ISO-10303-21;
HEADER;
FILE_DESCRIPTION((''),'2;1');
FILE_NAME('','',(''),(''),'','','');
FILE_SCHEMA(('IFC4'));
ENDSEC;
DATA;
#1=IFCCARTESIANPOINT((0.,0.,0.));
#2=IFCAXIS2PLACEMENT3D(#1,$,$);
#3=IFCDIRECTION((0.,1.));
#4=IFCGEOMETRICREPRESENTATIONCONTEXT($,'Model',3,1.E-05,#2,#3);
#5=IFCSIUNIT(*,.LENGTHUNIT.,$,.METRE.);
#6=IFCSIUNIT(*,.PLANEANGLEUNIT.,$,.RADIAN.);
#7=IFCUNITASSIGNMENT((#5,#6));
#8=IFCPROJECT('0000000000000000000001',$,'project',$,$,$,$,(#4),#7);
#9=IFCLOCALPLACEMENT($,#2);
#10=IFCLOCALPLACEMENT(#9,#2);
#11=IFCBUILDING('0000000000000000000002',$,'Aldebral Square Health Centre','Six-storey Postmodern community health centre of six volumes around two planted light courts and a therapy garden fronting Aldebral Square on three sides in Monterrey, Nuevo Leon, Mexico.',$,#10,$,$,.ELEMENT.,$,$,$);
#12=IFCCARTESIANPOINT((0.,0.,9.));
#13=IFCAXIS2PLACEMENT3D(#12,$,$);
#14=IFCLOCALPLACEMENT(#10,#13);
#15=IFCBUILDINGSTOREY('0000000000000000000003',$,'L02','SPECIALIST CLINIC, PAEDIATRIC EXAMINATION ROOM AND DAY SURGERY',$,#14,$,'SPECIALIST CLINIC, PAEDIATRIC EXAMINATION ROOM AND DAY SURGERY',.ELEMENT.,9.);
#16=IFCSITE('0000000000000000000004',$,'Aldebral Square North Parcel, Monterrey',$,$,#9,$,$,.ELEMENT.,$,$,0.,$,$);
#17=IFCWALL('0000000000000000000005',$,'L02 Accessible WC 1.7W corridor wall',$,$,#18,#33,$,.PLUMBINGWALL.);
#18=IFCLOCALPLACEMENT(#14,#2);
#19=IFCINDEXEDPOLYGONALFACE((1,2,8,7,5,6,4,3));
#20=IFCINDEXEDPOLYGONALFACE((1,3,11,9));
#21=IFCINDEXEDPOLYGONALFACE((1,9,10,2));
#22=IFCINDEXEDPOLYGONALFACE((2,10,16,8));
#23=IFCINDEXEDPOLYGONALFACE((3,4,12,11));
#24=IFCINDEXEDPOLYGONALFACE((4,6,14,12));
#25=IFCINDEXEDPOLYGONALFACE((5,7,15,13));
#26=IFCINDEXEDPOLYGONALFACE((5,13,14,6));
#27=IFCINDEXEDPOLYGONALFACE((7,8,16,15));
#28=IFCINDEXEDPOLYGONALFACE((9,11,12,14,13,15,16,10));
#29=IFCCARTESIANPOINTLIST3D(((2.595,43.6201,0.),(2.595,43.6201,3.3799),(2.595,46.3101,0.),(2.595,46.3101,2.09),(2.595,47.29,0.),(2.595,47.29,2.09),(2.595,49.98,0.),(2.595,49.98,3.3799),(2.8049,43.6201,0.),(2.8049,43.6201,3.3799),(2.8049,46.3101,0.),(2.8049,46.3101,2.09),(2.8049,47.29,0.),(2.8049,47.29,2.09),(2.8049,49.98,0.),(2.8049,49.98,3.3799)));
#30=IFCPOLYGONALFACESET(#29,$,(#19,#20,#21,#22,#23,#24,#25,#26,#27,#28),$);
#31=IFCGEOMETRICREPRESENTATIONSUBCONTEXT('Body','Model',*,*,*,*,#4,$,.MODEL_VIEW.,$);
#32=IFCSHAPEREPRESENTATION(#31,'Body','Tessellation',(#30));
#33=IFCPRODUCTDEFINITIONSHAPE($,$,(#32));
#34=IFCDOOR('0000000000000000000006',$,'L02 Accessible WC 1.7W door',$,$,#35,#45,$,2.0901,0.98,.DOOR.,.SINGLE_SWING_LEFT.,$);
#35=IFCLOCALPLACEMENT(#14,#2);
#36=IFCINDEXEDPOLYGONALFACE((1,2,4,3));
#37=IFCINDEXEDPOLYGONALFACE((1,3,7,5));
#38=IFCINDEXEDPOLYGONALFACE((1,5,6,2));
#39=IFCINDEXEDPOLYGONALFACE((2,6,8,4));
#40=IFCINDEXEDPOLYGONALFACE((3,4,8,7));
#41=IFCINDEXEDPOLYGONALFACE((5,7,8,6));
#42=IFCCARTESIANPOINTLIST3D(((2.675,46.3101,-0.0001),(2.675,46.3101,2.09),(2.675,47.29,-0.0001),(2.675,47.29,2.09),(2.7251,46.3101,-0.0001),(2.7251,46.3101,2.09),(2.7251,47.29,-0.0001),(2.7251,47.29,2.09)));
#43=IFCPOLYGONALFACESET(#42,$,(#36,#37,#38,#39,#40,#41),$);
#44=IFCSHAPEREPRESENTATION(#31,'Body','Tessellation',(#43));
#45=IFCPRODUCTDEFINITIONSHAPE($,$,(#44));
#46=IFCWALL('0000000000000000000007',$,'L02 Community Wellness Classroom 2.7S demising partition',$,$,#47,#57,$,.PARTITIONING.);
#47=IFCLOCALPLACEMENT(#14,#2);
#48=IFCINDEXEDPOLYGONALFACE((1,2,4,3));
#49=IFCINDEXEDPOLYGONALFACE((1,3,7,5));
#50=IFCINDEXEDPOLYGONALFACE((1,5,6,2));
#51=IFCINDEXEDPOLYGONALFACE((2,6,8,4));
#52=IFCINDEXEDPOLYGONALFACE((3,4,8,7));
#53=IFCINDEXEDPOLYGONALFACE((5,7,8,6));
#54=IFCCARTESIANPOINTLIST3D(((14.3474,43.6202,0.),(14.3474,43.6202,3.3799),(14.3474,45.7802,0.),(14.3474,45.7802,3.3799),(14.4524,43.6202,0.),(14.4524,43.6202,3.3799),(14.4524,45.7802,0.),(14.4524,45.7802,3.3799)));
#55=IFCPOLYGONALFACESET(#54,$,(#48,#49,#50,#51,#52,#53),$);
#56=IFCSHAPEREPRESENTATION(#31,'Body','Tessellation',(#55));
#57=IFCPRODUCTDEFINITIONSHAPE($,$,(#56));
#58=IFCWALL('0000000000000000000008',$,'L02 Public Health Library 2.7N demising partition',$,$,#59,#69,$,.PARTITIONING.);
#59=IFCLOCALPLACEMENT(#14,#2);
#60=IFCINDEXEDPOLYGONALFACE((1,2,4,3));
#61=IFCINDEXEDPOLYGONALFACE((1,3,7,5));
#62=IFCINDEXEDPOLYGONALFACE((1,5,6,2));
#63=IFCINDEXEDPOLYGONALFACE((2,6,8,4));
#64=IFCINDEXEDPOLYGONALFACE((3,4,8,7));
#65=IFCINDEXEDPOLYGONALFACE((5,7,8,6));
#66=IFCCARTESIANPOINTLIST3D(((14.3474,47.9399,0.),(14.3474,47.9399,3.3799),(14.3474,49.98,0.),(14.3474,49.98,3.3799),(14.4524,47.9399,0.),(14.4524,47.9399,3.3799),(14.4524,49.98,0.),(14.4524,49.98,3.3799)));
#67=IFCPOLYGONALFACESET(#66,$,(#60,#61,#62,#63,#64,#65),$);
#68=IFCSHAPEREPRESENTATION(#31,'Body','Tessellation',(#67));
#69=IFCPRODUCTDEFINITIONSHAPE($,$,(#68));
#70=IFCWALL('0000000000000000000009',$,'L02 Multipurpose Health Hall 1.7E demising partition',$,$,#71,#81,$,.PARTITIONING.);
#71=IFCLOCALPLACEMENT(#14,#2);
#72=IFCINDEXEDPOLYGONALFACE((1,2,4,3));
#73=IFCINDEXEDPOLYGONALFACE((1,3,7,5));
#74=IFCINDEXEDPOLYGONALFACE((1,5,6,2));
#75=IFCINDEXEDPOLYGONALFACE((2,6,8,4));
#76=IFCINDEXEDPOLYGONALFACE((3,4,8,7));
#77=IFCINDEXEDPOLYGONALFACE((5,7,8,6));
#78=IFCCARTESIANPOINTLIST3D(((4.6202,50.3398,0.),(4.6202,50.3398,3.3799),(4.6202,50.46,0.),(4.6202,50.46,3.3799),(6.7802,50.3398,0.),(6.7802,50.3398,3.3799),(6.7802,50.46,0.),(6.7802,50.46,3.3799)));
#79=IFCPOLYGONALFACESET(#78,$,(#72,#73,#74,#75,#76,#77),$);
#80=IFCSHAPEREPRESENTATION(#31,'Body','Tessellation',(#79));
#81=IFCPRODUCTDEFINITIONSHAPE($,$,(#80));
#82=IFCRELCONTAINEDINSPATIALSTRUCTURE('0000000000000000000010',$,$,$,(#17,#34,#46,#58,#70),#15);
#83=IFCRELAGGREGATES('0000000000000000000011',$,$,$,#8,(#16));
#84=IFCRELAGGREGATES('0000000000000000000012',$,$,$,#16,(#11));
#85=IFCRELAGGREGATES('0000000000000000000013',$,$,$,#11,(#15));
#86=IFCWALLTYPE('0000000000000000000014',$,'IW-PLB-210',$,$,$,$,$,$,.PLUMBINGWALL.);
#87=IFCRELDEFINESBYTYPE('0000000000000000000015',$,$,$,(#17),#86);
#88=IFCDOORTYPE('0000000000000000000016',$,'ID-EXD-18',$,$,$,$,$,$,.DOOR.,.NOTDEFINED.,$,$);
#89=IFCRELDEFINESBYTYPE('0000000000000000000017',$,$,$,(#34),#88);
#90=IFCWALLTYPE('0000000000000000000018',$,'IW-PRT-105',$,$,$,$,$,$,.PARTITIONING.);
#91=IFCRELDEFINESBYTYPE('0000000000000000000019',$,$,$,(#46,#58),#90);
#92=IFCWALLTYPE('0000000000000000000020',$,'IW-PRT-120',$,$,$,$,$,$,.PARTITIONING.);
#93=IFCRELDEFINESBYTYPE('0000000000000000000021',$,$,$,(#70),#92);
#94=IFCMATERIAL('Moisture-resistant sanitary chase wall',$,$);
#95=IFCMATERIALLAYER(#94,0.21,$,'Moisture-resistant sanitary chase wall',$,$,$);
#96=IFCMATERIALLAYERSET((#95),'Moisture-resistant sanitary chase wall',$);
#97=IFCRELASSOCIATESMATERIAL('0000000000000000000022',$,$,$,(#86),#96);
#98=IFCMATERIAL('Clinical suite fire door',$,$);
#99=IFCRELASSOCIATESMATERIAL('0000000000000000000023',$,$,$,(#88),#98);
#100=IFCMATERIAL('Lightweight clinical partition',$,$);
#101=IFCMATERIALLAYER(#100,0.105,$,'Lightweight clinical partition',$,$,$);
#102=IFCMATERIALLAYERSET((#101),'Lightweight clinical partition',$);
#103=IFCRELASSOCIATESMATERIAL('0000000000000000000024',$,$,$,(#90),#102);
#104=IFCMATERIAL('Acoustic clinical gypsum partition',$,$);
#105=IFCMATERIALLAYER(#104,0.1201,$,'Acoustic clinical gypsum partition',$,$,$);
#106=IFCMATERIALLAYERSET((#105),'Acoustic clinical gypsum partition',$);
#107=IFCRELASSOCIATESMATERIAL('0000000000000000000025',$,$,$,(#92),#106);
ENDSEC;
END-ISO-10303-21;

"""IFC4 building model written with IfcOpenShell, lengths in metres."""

from ifc_helpers import new_model, si_unit, direction, frame, frame_2d, origin, place, context, subcontext, project, spatial, rectangle, extrude, material, layer, layer_set, type_object, element, fill, save


model = new_model("IFC4")

# Units and contexts
model_context = context("Model", 3, precision=1e-05, world=origin(), true_north=direction((0.0, 1.0)))
body_context = subcontext(model_context, "Body", "Model", "MODEL_VIEW")
ifc_project = project(units=[si_unit("LENGTHUNIT", "METRE"), si_unit("PLANEANGLEUNIT", "RADIAN")], contexts=[model_context])

# Site, building, storey
site_placement = place(None, origin())
site = spatial("IfcSite", under=ifc_project, at=site_placement, Name="Aldebral Square North Parcel, Monterrey", CompositionType="ELEMENT", RefElevation=0.0)
building_placement = place(site_placement, origin())
building = spatial("IfcBuilding", under=site, at=building_placement, Name="Aldebral Square Health Centre", Description="Six-storey Postmodern community health centre of six volumes around two planted light courts and a therapy garden fronting Aldebral Square on three sides in Monterrey, Nuevo Leon, Mexico.", CompositionType="ELEMENT")
storey_placement = place(building_placement, frame((0.0, 0.0, 9.0)))
storey = spatial("IfcBuildingStorey", under=building, at=storey_placement, Name="L02", Description="SPECIALIST CLINIC, PAEDIATRIC EXAMINATION ROOM AND DAY SURGERY", LongName="SPECIALIST CLINIC, PAEDIATRIC EXAMINATION ROOM AND DAY SURGERY", CompositionType="ELEMENT", Elevation=9.0)

# Wall, opening, door
ifc_material_1 = material(Name="Clinical suite fire door")
ifc_material_2 = material(Name="Moisture-resistant sanitary chase wall")
ifc_layer_1 = layer(ifc_material_2, 0.21, Name="Moisture-resistant sanitary chase wall")
ifc_layer_set_1 = layer_set([ifc_layer_1], Name="Moisture-resistant sanitary chase wall")
wall_type_1 = type_object("IfcWallType", Name="IW-PLB-210", PredefinedType="PLUMBINGWALL", material=ifc_layer_set_1)
wall_1_placement = place(storey_placement, frame((2.7, 43.6201, 0.0), z_axis=(0.0, 0.0, 1.0), x_axis=(0.0, 1.0, 0.0)))
wall_1 = element("IfcWall", 1, at=wall_1_placement, inside=storey, type_object=wall_type_1, Name="L02 Accessible WC 1.7W corridor wall", PredefinedType="PLUMBINGWALL", context=body_context, shape_type="SweptSolid", body=[
    extrude(rectangle(XDim=6.3599, YDim=0.21, at=frame_2d((3.1799, 0.0))), origin(), (0.0, 0.0, 1.0), 3.3799),
])
opening_1_placement = place(wall_1_placement, frame((2.6899, 0.0, 0.0)))
opening_1 = element("IfcOpeningElement", 2, at=opening_1_placement, cuts=wall_1, PredefinedType="OPENING", context=body_context, shape_type="SweptSolid", body=[
    extrude(rectangle(XDim=0.98, YDim=2.0901, at=frame_2d((0.49, 1.0449))), frame((0.0, 0.115, 0.0), z_axis=(0.0, -1.0, 0.0), x_axis=(1.0, 0.0, 0.0)), (0.0, 0.0, 1.0), 0.23),
])
door_type_1 = type_object("IfcDoorType", Name="ID-EXD-18", OperationType="NOTDEFINED", PredefinedType="DOOR", material=ifc_material_1)
door_1_placement = place(opening_1_placement, origin())
door_1 = element("IfcDoor", 3, at=door_1_placement, inside=storey, type_object=door_type_1, Name="L02 Accessible WC 1.7W door", OperationType="SINGLE_SWING_LEFT", OverallHeight=2.0901, OverallWidth=0.98, PredefinedType="DOOR", context=body_context, shape_type="SweptSolid", body=[
    extrude(rectangle(XDim=0.98, YDim=2.0901, at=frame_2d((0.49, 1.0449))), frame((0.0, 0.0249, 0.0), z_axis=(0.0, -1.0, 0.0), x_axis=(1.0, 0.0, 0.0)), (0.0, 0.0, 1.0), 0.05),
])
fill(opening_1, door_1)

# Walls
ifc_material_3 = material(Name="Lightweight clinical partition")
ifc_layer_2 = layer(ifc_material_3, 0.105, Name="Lightweight clinical partition")
ifc_layer_set_2 = layer_set([ifc_layer_2], Name="Lightweight clinical partition")
wall_type_2 = type_object("IfcWallType", Name="IW-PRT-105", PredefinedType="PARTITIONING", material=ifc_layer_set_2)
wall_2_placement = place(storey_placement, frame((14.3999, 43.6201, 0.0), z_axis=(0.0, 0.0, 1.0), x_axis=(0.0, 1.0, 0.0)))
element("IfcWall", 4, at=wall_2_placement, inside=storey, type_object=wall_type_2, Name="L02 Community Wellness Classroom 2.7S demising partition", PredefinedType="PARTITIONING", context=body_context, shape_type="SweptSolid", body=[
    extrude(rectangle(XDim=2.1599, YDim=0.105, at=frame_2d((1.0801, 0.0))), origin(), (0.0, 0.0, 1.0), 3.3799),
])
wall_3_placement = place(storey_placement, frame((14.3999, 47.9399, 0.0), z_axis=(0.0, 0.0, 1.0), x_axis=(0.0, 1.0, 0.0)))
element("IfcWall", 5, at=wall_3_placement, inside=storey, type_object=wall_type_2, Name="L02 Public Health Library 2.7N demising partition", PredefinedType="PARTITIONING", context=body_context, shape_type="SweptSolid", body=[
    extrude(rectangle(XDim=2.04, YDim=0.105, at=frame_2d((1.02, 0.0))), origin(), (0.0, 0.0, 1.0), 3.3799),
])
ifc_material_4 = material(Name="Acoustic clinical gypsum partition")
ifc_layer_3 = layer(ifc_material_4, 0.1201, Name="Acoustic clinical gypsum partition")
ifc_layer_set_3 = layer_set([ifc_layer_3], Name="Acoustic clinical gypsum partition")
wall_type_3 = type_object("IfcWallType", Name="IW-PRT-120", PredefinedType="PARTITIONING", material=ifc_layer_set_3)
wall_4_placement = place(storey_placement, frame((4.6201, 50.3999, 0.0), z_axis=(0.0, 0.0, 1.0), x_axis=(1.0, 0.0, 0.0)))
element("IfcWall", 6, at=wall_4_placement, inside=storey, type_object=wall_type_3, Name="L02 Multipurpose Health Hall 1.7E demising partition", PredefinedType="PARTITIONING", context=body_context, shape_type="SweptSolid", body=[
    extrude(rectangle(XDim=2.1599, YDim=0.1201, at=frame_2d((1.0801, 0.0))), origin(), (0.0, 0.0, 1.0), 3.3799),
])

save(model, "model.ifc")
